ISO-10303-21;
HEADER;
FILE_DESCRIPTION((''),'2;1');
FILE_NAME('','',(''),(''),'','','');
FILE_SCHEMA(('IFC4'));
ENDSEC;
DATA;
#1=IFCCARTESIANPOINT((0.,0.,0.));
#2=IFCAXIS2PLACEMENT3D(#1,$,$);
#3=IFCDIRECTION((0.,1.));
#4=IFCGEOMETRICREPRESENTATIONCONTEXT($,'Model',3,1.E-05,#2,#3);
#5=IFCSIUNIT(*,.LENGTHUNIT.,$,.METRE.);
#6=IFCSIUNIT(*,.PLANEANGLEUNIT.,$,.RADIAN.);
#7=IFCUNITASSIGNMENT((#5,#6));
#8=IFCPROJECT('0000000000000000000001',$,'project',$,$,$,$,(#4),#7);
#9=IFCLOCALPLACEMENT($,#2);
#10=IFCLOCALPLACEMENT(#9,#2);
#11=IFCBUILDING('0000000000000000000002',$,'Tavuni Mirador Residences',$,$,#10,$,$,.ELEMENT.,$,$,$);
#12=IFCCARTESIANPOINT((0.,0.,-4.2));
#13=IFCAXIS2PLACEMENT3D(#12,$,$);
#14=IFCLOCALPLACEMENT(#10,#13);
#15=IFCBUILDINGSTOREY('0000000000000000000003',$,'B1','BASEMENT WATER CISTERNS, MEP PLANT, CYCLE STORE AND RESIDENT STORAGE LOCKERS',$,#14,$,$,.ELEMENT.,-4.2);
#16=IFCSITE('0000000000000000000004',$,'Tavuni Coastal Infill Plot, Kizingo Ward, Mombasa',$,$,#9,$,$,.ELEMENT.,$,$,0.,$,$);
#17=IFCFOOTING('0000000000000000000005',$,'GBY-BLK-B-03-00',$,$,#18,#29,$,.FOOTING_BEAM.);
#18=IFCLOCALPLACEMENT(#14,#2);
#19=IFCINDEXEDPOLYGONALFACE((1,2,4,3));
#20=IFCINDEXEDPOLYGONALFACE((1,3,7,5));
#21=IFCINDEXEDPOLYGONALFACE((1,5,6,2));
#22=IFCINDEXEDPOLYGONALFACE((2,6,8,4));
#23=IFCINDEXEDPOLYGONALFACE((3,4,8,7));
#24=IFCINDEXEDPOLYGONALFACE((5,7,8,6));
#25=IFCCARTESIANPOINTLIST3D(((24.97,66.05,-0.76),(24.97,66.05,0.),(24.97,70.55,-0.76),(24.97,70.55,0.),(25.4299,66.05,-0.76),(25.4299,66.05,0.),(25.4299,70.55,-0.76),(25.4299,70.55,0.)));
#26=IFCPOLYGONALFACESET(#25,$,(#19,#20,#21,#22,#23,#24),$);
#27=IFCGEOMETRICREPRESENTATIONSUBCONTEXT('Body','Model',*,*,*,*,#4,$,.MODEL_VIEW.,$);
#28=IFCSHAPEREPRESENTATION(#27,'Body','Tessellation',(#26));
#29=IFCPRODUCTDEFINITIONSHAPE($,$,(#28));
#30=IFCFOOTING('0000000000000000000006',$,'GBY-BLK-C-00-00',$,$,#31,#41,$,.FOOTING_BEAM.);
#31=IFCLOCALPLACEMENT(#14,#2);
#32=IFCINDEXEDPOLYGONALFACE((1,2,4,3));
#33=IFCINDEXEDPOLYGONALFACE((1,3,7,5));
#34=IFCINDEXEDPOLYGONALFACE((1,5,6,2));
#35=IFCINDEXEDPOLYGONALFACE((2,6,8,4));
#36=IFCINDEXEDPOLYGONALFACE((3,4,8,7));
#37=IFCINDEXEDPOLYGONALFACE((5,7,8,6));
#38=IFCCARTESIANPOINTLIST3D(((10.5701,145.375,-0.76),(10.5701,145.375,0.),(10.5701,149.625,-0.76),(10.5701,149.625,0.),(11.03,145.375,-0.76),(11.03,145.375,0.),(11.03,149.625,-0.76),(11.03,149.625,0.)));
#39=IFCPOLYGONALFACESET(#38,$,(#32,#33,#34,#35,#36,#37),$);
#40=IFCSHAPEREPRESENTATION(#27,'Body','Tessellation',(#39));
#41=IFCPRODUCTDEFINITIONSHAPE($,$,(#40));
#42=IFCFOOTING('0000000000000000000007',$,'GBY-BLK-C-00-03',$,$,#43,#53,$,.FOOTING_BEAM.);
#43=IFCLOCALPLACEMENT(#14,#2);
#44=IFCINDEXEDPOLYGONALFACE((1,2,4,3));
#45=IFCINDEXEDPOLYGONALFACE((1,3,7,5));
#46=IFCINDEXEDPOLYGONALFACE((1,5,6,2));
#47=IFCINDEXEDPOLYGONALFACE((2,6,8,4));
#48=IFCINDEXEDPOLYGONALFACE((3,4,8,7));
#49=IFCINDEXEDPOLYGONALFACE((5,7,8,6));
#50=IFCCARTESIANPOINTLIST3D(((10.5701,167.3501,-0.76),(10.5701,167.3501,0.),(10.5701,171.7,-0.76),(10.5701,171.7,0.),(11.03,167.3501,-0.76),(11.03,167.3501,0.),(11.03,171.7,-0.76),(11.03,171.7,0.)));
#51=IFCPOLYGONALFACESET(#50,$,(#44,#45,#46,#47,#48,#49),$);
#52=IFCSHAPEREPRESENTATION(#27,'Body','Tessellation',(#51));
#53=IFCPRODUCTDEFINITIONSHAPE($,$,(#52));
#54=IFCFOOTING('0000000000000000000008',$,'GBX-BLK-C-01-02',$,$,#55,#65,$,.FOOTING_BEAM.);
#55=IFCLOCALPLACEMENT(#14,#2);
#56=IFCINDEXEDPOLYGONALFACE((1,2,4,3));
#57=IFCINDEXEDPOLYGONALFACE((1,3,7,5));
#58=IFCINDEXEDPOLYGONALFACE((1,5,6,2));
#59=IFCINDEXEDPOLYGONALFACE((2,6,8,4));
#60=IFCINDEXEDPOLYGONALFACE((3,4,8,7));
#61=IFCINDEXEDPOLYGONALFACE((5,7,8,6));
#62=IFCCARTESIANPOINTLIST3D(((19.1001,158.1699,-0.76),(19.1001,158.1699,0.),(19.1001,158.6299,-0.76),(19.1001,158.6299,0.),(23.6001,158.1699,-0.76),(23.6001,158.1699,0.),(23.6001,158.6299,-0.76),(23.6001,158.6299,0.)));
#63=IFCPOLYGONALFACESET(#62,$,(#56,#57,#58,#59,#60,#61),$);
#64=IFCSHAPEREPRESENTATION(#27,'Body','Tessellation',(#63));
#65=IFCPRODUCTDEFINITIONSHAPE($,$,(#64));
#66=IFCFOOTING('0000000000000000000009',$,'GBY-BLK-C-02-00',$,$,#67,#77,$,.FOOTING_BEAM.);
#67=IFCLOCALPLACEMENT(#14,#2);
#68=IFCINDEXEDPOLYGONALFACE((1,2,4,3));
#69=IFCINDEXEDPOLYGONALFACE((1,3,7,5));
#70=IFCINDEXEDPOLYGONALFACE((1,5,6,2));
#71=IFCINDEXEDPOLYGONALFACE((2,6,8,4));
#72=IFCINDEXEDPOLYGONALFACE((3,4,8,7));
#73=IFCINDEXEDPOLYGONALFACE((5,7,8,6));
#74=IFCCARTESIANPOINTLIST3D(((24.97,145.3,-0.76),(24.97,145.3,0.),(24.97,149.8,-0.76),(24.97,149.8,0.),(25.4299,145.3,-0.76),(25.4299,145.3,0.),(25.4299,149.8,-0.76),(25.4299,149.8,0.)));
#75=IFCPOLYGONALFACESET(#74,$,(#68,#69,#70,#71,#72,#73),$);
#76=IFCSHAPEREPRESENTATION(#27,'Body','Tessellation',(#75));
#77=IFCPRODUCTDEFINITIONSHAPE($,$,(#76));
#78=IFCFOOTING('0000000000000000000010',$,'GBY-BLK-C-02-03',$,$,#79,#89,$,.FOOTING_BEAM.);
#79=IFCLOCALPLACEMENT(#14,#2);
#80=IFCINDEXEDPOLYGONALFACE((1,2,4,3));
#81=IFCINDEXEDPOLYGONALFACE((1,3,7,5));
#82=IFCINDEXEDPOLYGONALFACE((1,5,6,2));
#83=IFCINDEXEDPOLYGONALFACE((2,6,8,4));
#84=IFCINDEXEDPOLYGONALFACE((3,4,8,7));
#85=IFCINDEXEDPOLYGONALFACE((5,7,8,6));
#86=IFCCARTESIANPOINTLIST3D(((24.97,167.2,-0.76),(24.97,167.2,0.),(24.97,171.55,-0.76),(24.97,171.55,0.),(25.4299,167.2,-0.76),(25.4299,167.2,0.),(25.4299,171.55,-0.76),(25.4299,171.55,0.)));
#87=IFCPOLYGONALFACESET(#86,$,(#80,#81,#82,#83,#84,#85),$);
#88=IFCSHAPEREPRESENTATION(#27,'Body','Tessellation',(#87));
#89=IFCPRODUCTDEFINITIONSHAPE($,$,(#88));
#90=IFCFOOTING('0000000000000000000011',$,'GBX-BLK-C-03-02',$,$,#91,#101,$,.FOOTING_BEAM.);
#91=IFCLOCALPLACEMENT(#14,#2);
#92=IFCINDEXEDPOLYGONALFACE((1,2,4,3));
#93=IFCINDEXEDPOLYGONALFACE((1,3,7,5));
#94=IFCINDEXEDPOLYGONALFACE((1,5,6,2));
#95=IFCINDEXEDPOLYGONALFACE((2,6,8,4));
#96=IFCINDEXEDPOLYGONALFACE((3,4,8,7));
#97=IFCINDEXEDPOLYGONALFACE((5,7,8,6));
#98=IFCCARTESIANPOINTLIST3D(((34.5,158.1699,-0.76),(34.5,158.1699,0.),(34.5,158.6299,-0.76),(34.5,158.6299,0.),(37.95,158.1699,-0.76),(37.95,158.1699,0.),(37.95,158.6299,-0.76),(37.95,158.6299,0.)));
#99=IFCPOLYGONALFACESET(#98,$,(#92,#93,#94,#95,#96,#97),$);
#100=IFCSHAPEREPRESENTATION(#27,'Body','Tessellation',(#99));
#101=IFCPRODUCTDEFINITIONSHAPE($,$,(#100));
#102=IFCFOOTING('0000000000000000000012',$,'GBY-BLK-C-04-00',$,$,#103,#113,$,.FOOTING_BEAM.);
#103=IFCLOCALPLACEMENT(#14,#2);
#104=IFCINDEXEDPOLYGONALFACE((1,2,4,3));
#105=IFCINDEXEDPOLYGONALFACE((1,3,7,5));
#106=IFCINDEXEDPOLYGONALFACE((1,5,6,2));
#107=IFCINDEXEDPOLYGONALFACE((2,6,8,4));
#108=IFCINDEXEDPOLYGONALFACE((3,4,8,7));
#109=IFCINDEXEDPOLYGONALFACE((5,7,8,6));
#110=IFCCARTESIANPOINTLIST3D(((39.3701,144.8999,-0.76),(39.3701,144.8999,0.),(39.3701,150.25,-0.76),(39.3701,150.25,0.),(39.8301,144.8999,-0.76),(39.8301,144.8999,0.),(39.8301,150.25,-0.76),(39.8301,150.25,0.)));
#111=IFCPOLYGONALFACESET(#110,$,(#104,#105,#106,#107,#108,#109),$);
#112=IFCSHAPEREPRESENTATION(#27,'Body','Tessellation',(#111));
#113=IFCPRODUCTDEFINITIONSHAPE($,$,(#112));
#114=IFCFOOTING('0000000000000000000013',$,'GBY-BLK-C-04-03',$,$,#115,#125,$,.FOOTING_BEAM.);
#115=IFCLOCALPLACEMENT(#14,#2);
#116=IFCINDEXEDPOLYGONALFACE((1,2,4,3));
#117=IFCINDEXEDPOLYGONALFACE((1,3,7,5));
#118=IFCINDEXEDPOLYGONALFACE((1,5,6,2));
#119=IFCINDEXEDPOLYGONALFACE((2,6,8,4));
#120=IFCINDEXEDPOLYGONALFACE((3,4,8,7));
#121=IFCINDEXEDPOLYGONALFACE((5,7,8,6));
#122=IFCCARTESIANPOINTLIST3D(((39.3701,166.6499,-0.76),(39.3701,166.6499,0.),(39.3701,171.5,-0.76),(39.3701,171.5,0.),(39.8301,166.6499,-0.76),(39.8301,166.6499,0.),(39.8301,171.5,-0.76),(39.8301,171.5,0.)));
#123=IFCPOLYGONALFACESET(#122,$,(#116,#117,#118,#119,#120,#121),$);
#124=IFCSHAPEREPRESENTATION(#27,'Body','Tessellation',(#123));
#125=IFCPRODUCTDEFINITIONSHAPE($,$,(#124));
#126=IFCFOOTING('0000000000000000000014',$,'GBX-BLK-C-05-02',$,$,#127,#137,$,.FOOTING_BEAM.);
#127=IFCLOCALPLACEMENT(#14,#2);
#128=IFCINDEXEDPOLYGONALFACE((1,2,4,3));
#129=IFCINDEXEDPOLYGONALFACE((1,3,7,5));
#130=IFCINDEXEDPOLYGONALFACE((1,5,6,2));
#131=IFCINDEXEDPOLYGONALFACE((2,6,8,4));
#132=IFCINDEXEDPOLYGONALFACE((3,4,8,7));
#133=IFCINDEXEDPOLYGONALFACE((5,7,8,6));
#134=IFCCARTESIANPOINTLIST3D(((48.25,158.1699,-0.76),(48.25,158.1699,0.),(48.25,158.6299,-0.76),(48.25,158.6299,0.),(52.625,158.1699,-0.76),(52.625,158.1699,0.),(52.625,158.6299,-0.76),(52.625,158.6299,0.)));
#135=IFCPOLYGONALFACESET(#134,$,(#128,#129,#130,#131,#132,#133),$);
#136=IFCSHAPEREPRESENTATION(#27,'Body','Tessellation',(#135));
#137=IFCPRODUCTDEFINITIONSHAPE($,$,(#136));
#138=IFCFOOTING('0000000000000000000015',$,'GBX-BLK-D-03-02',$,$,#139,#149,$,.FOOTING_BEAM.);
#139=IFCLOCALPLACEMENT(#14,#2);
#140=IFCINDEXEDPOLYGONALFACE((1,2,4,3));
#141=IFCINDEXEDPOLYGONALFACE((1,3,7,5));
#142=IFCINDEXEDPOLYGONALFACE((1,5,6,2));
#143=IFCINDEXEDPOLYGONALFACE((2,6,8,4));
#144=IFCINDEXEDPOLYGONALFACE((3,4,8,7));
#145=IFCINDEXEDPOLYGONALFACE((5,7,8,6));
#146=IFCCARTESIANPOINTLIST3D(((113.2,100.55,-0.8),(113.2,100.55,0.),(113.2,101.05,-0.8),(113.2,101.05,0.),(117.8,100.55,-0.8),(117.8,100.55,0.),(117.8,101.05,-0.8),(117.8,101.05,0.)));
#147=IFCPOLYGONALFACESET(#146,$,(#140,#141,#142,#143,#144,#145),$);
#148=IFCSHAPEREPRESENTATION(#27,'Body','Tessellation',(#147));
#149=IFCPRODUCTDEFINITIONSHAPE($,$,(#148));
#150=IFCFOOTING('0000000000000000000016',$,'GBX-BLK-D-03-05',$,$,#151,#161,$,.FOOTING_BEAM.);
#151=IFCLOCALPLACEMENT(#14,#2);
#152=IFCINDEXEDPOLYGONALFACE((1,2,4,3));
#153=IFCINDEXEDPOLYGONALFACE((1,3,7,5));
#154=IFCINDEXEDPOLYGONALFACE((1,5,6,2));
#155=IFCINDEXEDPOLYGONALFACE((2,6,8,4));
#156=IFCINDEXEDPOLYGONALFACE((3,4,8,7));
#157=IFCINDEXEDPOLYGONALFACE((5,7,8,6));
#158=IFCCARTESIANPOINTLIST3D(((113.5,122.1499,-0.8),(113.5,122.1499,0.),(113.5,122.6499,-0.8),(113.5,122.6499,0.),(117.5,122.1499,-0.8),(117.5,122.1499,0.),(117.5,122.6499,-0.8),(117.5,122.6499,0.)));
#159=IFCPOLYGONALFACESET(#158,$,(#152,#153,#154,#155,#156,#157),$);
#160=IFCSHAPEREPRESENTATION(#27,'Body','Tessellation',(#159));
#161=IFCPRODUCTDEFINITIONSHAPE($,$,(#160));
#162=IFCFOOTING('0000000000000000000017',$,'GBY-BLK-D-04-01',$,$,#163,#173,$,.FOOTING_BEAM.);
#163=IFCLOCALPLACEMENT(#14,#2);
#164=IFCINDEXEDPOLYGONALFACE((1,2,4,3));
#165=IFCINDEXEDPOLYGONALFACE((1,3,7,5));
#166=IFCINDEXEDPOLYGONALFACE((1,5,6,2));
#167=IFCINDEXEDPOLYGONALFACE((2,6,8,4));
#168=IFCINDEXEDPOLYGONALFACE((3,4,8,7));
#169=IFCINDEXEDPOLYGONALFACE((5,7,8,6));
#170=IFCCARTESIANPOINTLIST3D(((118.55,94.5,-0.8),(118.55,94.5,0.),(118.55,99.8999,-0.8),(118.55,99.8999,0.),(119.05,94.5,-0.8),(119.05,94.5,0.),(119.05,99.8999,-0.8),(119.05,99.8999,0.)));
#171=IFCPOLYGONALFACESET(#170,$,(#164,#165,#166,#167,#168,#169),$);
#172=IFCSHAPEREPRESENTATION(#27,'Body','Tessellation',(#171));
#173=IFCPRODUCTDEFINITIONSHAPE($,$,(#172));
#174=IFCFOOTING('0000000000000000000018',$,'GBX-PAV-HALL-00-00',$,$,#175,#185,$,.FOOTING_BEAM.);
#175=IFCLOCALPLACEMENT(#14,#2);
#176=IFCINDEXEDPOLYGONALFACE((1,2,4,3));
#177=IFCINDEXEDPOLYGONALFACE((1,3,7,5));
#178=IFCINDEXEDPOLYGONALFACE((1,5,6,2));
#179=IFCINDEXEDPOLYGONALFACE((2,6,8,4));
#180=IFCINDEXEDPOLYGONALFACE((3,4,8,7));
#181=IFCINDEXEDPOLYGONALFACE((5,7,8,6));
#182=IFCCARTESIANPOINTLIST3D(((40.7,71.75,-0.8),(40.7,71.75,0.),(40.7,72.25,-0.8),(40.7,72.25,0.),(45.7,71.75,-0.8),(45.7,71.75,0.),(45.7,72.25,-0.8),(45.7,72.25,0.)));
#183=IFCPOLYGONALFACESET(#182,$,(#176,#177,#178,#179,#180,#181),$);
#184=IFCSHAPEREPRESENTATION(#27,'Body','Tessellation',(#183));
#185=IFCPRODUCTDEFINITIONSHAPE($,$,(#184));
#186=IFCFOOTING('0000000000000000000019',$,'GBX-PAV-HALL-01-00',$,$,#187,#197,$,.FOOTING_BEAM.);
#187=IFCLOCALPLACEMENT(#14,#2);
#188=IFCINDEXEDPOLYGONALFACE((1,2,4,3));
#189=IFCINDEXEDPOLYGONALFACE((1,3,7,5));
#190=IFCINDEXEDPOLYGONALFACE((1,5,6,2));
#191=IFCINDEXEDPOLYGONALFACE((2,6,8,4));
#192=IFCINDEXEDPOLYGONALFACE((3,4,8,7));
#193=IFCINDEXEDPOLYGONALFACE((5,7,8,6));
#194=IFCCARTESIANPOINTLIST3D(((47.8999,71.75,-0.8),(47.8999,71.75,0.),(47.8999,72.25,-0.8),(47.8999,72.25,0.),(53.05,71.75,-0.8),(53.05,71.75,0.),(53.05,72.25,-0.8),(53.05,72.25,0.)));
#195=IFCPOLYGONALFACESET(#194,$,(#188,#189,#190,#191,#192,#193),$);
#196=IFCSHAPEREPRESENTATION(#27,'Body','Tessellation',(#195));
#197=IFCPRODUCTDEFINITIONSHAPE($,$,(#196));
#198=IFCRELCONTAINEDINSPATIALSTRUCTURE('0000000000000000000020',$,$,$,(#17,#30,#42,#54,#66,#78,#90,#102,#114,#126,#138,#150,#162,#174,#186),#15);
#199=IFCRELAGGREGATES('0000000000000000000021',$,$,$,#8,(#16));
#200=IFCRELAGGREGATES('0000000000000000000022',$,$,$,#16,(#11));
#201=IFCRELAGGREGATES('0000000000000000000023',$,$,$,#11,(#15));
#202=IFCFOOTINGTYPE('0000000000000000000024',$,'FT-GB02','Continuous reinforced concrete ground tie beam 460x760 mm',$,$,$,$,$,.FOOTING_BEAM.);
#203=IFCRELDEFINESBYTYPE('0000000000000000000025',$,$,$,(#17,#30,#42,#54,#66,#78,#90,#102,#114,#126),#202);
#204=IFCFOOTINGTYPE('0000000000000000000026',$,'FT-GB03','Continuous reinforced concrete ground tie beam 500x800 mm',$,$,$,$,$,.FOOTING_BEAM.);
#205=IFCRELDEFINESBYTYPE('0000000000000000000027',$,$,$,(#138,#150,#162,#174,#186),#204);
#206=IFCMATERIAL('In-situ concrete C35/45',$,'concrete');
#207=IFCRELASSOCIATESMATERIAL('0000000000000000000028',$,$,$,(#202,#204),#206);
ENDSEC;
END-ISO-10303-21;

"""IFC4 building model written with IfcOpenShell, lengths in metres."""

from ifc_helpers import new_model, si_unit, direction, frame, origin, place, context, subcontext, project, spatial, polyline, outline, extrude, material, type_object, element, save


model = new_model("IFC4")

# Units and contexts
model_context = context("Model", 3, precision=1e-05, world=origin(), true_north=direction((0.0, 1.0)))
body_context = subcontext(model_context, "Body", "Model", "MODEL_VIEW")
ifc_project = project(units=[si_unit("LENGTHUNIT", "METRE"), si_unit("PLANEANGLEUNIT", "RADIAN")], contexts=[model_context])

# Site, building, storey
site_placement = place(None, origin())
site = spatial("IfcSite", under=ifc_project, at=site_placement, Name="Tavuni Coastal Infill Plot, Kizingo Ward, Mombasa", CompositionType="ELEMENT", RefElevation=0.0)
building_placement = place(site_placement, origin())
building = spatial("IfcBuilding", under=site, at=building_placement, Name="Tavuni Mirador Residences", CompositionType="ELEMENT")
storey_placement = place(building_placement, frame((0.0, 0.0, -4.2)))
storey = spatial("IfcBuildingStorey", under=building, at=storey_placement, Name="B1", Description="BASEMENT WATER CISTERNS, MEP PLANT, CYCLE STORE AND RESIDENT STORAGE LOCKERS", CompositionType="ELEMENT", Elevation=-4.2)

# Footings
ifc_material = material(Name="In-situ concrete C35/45", Category="concrete")
footing_type_1 = type_object("IfcFootingType", Name="FT-GB02", Description="Continuous reinforced concrete ground tie beam 460x760 mm", PredefinedType="FOOTING_BEAM", material=ifc_material)
footing_1_placement = place(storey_placement, frame((0.0, 0.0, -0.76)))
element("IfcFooting", 1, at=footing_1_placement, inside=storey, type_object=footing_type_1, Name="GBY-BLK-B-03-00", PredefinedType="FOOTING_BEAM", context=body_context, shape_type="SweptSolid", body=[
    extrude(outline(polyline([(24.97, 66.05), (25.4299, 66.05), (25.4299, 70.55), (24.97, 70.55), (24.97, 66.05)])), origin(), (0.0, 0.0, 1.0), 0.76),
])
footing_2_placement = place(storey_placement, frame((0.0, 0.0, -0.76)))
element("IfcFooting", 2, at=footing_2_placement, inside=storey, type_object=footing_type_1, Name="GBY-BLK-C-00-00", PredefinedType="FOOTING_BEAM", context=body_context, shape_type="SweptSolid", body=[
    extrude(outline(polyline([(10.5701, 145.375), (11.03, 145.375), (11.03, 149.625), (10.5701, 149.625), (10.5701, 145.375)])), origin(), (0.0, 0.0, 1.0), 0.76),
])
footing_3_placement = place(storey_placement, frame((0.0, 0.0, -0.76)))
element("IfcFooting", 3, at=footing_3_placement, inside=storey, type_object=footing_type_1, Name="GBY-BLK-C-00-03", PredefinedType="FOOTING_BEAM", context=body_context, shape_type="SweptSolid", body=[
    extrude(outline(polyline([(10.5701, 167.3501), (11.03, 167.3501), (11.03, 171.7), (10.5701, 171.7), (10.5701, 167.3501)])), origin(), (0.0, 0.0, 1.0), 0.76),
])
footing_4_placement = place(storey_placement, frame((0.0, 0.0, -0.76)))
element("IfcFooting", 4, at=footing_4_placement, inside=storey, type_object=footing_type_1, Name="GBX-BLK-C-01-02", PredefinedType="FOOTING_BEAM", context=body_context, shape_type="SweptSolid", body=[
    extrude(outline(polyline([(19.1001, 158.1699), (23.6001, 158.1699), (23.6001, 158.6299), (19.1001, 158.6299), (19.1001, 158.1699)])), origin(), (0.0, 0.0, 1.0), 0.76),
])
footing_5_placement = place(storey_placement, frame((0.0, 0.0, -0.76)))
element("IfcFooting", 5, at=footing_5_placement, inside=storey, type_object=footing_type_1, Name="GBY-BLK-C-02-00", PredefinedType="FOOTING_BEAM", context=body_context, shape_type="SweptSolid", body=[
    extrude(outline(polyline([(24.97, 145.3), (25.4299, 145.3), (25.4299, 149.8), (24.97, 149.8), (24.97, 145.3)])), origin(), (0.0, 0.0, 1.0), 0.76),
])
footing_6_placement = place(storey_placement, frame((0.0, 0.0, -0.76)))
element("IfcFooting", 6, at=footing_6_placement, inside=storey, type_object=footing_type_1, Name="GBY-BLK-C-02-03", PredefinedType="FOOTING_BEAM", context=body_context, shape_type="SweptSolid", body=[
    extrude(outline(polyline([(24.97, 167.2), (25.4299, 167.2), (25.4299, 171.55), (24.97, 171.55), (24.97, 167.2)])), origin(), (0.0, 0.0, 1.0), 0.76),
])
footing_7_placement = place(storey_placement, frame((0.0, 0.0, -0.76)))
element("IfcFooting", 7, at=footing_7_placement, inside=storey, type_object=footing_type_1, Name="GBX-BLK-C-03-02", PredefinedType="FOOTING_BEAM", context=body_context, shape_type="SweptSolid", body=[
    extrude(outline(polyline([(34.5, 158.1699), (37.95, 158.1699), (37.95, 158.6299), (34.5, 158.6299), (34.5, 158.1699)])), origin(), (0.0, 0.0, 1.0), 0.76),
])
footing_8_placement = place(storey_placement, frame((0.0, 0.0, -0.76)))
element("IfcFooting", 8, at=footing_8_placement, inside=storey, type_object=footing_type_1, Name="GBY-BLK-C-04-00", PredefinedType="FOOTING_BEAM", context=body_context, shape_type="SweptSolid", body=[
    extrude(outline(polyline([(39.3701, 144.8999), (39.8301, 144.8999), (39.8301, 150.25), (39.3701, 150.25), (39.3701, 144.8999)])), origin(), (0.0, 0.0, 1.0), 0.76),
])
footing_9_placement = place(storey_placement, frame((0.0, 0.0, -0.76)))
element("IfcFooting", 9, at=footing_9_placement, inside=storey, type_object=footing_type_1, Name="GBY-BLK-C-04-03", PredefinedType="FOOTING_BEAM", context=body_context, shape_type="SweptSolid", body=[
    extrude(outline(polyline([(39.3701, 166.6499), (39.8301, 166.6499), (39.8301, 171.5), (39.3701, 171.5), (39.3701, 166.6499)])), origin(), (0.0, 0.0, 1.0), 0.76),
])
footing_10_placement = place(storey_placement, frame((0.0, 0.0, -0.76)))
element("IfcFooting", 10, at=footing_10_placement, inside=storey, type_object=footing_type_1, Name="GBX-BLK-C-05-02", PredefinedType="FOOTING_BEAM", context=body_context, shape_type="SweptSolid", body=[
    extrude(outline(polyline([(48.25, 158.1699), (52.625, 158.1699), (52.625, 158.6299), (48.25, 158.6299), (48.25, 158.1699)])), origin(), (0.0, 0.0, 1.0), 0.76),
])
footing_type_2 = type_object("IfcFootingType", Name="FT-GB03", Description="Continuous reinforced concrete ground tie beam 500x800 mm", PredefinedType="FOOTING_BEAM", material=ifc_material)
footing_11_placement = place(storey_placement, frame((0.0, 0.0, -0.8)))
element("IfcFooting", 11, at=footing_11_placement, inside=storey, type_object=footing_type_2, Name="GBX-BLK-D-03-02", PredefinedType="FOOTING_BEAM", context=body_context, shape_type="SweptSolid", body=[
    extrude(outline(polyline([(113.2, 100.55), (117.8, 100.55), (117.8, 101.05), (113.2, 101.05), (113.2, 100.55)])), origin(), (0.0, 0.0, 1.0), 0.8),
])
footing_12_placement = place(storey_placement, frame((0.0, 0.0, -0.8)))
element("IfcFooting", 12, at=footing_12_placement, inside=storey, type_object=footing_type_2, Name="GBX-BLK-D-03-05", PredefinedType="FOOTING_BEAM", context=body_context, shape_type="SweptSolid", body=[
    extrude(outline(polyline([(113.5, 122.1499), (117.5, 122.1499), (117.5, 122.6499), (113.5, 122.6499), (113.5, 122.1499)])), origin(), (0.0, 0.0, 1.0), 0.8),
])
footing_13_placement = place(storey_placement, frame((0.0, 0.0, -0.8)))
element("IfcFooting", 13, at=footing_13_placement, inside=storey, type_object=footing_type_2, Name="GBY-BLK-D-04-01", PredefinedType="FOOTING_BEAM", context=body_context, shape_type="SweptSolid", body=[
    extrude(outline(polyline([(118.55, 94.5), (119.05, 94.5), (119.05, 99.8999), (118.55, 99.8999), (118.55, 94.5)])), origin(), (0.0, 0.0, 1.0), 0.8),
])
footing_14_placement = place(storey_placement, frame((0.0, 0.0, -0.8)))
element("IfcFooting", 14, at=footing_14_placement, inside=storey, type_object=footing_type_2, Name="GBX-PAV-HALL-00-00", PredefinedType="FOOTING_BEAM", context=body_context, shape_type="SweptSolid", body=[
    extrude(outline(polyline([(40.7, 71.75), (45.7, 71.75), (45.7, 72.25), (40.7, 72.25), (40.7, 71.75)])), origin(), (0.0, 0.0, 1.0), 0.8),
])
footing_15_placement = place(storey_placement, frame((0.0, 0.0, -0.8)))
element("IfcFooting", 15, at=footing_15_placement, inside=storey, type_object=footing_type_2, Name="GBX-PAV-HALL-01-00", PredefinedType="FOOTING_BEAM", context=body_context, shape_type="SweptSolid", body=[
    extrude(outline(polyline([(47.8999, 71.75), (53.05, 71.75), (53.05, 72.25), (47.8999, 72.25), (47.8999, 71.75)])), origin(), (0.0, 0.0, 1.0), 0.8),
])

save(model, "model.ifc")
